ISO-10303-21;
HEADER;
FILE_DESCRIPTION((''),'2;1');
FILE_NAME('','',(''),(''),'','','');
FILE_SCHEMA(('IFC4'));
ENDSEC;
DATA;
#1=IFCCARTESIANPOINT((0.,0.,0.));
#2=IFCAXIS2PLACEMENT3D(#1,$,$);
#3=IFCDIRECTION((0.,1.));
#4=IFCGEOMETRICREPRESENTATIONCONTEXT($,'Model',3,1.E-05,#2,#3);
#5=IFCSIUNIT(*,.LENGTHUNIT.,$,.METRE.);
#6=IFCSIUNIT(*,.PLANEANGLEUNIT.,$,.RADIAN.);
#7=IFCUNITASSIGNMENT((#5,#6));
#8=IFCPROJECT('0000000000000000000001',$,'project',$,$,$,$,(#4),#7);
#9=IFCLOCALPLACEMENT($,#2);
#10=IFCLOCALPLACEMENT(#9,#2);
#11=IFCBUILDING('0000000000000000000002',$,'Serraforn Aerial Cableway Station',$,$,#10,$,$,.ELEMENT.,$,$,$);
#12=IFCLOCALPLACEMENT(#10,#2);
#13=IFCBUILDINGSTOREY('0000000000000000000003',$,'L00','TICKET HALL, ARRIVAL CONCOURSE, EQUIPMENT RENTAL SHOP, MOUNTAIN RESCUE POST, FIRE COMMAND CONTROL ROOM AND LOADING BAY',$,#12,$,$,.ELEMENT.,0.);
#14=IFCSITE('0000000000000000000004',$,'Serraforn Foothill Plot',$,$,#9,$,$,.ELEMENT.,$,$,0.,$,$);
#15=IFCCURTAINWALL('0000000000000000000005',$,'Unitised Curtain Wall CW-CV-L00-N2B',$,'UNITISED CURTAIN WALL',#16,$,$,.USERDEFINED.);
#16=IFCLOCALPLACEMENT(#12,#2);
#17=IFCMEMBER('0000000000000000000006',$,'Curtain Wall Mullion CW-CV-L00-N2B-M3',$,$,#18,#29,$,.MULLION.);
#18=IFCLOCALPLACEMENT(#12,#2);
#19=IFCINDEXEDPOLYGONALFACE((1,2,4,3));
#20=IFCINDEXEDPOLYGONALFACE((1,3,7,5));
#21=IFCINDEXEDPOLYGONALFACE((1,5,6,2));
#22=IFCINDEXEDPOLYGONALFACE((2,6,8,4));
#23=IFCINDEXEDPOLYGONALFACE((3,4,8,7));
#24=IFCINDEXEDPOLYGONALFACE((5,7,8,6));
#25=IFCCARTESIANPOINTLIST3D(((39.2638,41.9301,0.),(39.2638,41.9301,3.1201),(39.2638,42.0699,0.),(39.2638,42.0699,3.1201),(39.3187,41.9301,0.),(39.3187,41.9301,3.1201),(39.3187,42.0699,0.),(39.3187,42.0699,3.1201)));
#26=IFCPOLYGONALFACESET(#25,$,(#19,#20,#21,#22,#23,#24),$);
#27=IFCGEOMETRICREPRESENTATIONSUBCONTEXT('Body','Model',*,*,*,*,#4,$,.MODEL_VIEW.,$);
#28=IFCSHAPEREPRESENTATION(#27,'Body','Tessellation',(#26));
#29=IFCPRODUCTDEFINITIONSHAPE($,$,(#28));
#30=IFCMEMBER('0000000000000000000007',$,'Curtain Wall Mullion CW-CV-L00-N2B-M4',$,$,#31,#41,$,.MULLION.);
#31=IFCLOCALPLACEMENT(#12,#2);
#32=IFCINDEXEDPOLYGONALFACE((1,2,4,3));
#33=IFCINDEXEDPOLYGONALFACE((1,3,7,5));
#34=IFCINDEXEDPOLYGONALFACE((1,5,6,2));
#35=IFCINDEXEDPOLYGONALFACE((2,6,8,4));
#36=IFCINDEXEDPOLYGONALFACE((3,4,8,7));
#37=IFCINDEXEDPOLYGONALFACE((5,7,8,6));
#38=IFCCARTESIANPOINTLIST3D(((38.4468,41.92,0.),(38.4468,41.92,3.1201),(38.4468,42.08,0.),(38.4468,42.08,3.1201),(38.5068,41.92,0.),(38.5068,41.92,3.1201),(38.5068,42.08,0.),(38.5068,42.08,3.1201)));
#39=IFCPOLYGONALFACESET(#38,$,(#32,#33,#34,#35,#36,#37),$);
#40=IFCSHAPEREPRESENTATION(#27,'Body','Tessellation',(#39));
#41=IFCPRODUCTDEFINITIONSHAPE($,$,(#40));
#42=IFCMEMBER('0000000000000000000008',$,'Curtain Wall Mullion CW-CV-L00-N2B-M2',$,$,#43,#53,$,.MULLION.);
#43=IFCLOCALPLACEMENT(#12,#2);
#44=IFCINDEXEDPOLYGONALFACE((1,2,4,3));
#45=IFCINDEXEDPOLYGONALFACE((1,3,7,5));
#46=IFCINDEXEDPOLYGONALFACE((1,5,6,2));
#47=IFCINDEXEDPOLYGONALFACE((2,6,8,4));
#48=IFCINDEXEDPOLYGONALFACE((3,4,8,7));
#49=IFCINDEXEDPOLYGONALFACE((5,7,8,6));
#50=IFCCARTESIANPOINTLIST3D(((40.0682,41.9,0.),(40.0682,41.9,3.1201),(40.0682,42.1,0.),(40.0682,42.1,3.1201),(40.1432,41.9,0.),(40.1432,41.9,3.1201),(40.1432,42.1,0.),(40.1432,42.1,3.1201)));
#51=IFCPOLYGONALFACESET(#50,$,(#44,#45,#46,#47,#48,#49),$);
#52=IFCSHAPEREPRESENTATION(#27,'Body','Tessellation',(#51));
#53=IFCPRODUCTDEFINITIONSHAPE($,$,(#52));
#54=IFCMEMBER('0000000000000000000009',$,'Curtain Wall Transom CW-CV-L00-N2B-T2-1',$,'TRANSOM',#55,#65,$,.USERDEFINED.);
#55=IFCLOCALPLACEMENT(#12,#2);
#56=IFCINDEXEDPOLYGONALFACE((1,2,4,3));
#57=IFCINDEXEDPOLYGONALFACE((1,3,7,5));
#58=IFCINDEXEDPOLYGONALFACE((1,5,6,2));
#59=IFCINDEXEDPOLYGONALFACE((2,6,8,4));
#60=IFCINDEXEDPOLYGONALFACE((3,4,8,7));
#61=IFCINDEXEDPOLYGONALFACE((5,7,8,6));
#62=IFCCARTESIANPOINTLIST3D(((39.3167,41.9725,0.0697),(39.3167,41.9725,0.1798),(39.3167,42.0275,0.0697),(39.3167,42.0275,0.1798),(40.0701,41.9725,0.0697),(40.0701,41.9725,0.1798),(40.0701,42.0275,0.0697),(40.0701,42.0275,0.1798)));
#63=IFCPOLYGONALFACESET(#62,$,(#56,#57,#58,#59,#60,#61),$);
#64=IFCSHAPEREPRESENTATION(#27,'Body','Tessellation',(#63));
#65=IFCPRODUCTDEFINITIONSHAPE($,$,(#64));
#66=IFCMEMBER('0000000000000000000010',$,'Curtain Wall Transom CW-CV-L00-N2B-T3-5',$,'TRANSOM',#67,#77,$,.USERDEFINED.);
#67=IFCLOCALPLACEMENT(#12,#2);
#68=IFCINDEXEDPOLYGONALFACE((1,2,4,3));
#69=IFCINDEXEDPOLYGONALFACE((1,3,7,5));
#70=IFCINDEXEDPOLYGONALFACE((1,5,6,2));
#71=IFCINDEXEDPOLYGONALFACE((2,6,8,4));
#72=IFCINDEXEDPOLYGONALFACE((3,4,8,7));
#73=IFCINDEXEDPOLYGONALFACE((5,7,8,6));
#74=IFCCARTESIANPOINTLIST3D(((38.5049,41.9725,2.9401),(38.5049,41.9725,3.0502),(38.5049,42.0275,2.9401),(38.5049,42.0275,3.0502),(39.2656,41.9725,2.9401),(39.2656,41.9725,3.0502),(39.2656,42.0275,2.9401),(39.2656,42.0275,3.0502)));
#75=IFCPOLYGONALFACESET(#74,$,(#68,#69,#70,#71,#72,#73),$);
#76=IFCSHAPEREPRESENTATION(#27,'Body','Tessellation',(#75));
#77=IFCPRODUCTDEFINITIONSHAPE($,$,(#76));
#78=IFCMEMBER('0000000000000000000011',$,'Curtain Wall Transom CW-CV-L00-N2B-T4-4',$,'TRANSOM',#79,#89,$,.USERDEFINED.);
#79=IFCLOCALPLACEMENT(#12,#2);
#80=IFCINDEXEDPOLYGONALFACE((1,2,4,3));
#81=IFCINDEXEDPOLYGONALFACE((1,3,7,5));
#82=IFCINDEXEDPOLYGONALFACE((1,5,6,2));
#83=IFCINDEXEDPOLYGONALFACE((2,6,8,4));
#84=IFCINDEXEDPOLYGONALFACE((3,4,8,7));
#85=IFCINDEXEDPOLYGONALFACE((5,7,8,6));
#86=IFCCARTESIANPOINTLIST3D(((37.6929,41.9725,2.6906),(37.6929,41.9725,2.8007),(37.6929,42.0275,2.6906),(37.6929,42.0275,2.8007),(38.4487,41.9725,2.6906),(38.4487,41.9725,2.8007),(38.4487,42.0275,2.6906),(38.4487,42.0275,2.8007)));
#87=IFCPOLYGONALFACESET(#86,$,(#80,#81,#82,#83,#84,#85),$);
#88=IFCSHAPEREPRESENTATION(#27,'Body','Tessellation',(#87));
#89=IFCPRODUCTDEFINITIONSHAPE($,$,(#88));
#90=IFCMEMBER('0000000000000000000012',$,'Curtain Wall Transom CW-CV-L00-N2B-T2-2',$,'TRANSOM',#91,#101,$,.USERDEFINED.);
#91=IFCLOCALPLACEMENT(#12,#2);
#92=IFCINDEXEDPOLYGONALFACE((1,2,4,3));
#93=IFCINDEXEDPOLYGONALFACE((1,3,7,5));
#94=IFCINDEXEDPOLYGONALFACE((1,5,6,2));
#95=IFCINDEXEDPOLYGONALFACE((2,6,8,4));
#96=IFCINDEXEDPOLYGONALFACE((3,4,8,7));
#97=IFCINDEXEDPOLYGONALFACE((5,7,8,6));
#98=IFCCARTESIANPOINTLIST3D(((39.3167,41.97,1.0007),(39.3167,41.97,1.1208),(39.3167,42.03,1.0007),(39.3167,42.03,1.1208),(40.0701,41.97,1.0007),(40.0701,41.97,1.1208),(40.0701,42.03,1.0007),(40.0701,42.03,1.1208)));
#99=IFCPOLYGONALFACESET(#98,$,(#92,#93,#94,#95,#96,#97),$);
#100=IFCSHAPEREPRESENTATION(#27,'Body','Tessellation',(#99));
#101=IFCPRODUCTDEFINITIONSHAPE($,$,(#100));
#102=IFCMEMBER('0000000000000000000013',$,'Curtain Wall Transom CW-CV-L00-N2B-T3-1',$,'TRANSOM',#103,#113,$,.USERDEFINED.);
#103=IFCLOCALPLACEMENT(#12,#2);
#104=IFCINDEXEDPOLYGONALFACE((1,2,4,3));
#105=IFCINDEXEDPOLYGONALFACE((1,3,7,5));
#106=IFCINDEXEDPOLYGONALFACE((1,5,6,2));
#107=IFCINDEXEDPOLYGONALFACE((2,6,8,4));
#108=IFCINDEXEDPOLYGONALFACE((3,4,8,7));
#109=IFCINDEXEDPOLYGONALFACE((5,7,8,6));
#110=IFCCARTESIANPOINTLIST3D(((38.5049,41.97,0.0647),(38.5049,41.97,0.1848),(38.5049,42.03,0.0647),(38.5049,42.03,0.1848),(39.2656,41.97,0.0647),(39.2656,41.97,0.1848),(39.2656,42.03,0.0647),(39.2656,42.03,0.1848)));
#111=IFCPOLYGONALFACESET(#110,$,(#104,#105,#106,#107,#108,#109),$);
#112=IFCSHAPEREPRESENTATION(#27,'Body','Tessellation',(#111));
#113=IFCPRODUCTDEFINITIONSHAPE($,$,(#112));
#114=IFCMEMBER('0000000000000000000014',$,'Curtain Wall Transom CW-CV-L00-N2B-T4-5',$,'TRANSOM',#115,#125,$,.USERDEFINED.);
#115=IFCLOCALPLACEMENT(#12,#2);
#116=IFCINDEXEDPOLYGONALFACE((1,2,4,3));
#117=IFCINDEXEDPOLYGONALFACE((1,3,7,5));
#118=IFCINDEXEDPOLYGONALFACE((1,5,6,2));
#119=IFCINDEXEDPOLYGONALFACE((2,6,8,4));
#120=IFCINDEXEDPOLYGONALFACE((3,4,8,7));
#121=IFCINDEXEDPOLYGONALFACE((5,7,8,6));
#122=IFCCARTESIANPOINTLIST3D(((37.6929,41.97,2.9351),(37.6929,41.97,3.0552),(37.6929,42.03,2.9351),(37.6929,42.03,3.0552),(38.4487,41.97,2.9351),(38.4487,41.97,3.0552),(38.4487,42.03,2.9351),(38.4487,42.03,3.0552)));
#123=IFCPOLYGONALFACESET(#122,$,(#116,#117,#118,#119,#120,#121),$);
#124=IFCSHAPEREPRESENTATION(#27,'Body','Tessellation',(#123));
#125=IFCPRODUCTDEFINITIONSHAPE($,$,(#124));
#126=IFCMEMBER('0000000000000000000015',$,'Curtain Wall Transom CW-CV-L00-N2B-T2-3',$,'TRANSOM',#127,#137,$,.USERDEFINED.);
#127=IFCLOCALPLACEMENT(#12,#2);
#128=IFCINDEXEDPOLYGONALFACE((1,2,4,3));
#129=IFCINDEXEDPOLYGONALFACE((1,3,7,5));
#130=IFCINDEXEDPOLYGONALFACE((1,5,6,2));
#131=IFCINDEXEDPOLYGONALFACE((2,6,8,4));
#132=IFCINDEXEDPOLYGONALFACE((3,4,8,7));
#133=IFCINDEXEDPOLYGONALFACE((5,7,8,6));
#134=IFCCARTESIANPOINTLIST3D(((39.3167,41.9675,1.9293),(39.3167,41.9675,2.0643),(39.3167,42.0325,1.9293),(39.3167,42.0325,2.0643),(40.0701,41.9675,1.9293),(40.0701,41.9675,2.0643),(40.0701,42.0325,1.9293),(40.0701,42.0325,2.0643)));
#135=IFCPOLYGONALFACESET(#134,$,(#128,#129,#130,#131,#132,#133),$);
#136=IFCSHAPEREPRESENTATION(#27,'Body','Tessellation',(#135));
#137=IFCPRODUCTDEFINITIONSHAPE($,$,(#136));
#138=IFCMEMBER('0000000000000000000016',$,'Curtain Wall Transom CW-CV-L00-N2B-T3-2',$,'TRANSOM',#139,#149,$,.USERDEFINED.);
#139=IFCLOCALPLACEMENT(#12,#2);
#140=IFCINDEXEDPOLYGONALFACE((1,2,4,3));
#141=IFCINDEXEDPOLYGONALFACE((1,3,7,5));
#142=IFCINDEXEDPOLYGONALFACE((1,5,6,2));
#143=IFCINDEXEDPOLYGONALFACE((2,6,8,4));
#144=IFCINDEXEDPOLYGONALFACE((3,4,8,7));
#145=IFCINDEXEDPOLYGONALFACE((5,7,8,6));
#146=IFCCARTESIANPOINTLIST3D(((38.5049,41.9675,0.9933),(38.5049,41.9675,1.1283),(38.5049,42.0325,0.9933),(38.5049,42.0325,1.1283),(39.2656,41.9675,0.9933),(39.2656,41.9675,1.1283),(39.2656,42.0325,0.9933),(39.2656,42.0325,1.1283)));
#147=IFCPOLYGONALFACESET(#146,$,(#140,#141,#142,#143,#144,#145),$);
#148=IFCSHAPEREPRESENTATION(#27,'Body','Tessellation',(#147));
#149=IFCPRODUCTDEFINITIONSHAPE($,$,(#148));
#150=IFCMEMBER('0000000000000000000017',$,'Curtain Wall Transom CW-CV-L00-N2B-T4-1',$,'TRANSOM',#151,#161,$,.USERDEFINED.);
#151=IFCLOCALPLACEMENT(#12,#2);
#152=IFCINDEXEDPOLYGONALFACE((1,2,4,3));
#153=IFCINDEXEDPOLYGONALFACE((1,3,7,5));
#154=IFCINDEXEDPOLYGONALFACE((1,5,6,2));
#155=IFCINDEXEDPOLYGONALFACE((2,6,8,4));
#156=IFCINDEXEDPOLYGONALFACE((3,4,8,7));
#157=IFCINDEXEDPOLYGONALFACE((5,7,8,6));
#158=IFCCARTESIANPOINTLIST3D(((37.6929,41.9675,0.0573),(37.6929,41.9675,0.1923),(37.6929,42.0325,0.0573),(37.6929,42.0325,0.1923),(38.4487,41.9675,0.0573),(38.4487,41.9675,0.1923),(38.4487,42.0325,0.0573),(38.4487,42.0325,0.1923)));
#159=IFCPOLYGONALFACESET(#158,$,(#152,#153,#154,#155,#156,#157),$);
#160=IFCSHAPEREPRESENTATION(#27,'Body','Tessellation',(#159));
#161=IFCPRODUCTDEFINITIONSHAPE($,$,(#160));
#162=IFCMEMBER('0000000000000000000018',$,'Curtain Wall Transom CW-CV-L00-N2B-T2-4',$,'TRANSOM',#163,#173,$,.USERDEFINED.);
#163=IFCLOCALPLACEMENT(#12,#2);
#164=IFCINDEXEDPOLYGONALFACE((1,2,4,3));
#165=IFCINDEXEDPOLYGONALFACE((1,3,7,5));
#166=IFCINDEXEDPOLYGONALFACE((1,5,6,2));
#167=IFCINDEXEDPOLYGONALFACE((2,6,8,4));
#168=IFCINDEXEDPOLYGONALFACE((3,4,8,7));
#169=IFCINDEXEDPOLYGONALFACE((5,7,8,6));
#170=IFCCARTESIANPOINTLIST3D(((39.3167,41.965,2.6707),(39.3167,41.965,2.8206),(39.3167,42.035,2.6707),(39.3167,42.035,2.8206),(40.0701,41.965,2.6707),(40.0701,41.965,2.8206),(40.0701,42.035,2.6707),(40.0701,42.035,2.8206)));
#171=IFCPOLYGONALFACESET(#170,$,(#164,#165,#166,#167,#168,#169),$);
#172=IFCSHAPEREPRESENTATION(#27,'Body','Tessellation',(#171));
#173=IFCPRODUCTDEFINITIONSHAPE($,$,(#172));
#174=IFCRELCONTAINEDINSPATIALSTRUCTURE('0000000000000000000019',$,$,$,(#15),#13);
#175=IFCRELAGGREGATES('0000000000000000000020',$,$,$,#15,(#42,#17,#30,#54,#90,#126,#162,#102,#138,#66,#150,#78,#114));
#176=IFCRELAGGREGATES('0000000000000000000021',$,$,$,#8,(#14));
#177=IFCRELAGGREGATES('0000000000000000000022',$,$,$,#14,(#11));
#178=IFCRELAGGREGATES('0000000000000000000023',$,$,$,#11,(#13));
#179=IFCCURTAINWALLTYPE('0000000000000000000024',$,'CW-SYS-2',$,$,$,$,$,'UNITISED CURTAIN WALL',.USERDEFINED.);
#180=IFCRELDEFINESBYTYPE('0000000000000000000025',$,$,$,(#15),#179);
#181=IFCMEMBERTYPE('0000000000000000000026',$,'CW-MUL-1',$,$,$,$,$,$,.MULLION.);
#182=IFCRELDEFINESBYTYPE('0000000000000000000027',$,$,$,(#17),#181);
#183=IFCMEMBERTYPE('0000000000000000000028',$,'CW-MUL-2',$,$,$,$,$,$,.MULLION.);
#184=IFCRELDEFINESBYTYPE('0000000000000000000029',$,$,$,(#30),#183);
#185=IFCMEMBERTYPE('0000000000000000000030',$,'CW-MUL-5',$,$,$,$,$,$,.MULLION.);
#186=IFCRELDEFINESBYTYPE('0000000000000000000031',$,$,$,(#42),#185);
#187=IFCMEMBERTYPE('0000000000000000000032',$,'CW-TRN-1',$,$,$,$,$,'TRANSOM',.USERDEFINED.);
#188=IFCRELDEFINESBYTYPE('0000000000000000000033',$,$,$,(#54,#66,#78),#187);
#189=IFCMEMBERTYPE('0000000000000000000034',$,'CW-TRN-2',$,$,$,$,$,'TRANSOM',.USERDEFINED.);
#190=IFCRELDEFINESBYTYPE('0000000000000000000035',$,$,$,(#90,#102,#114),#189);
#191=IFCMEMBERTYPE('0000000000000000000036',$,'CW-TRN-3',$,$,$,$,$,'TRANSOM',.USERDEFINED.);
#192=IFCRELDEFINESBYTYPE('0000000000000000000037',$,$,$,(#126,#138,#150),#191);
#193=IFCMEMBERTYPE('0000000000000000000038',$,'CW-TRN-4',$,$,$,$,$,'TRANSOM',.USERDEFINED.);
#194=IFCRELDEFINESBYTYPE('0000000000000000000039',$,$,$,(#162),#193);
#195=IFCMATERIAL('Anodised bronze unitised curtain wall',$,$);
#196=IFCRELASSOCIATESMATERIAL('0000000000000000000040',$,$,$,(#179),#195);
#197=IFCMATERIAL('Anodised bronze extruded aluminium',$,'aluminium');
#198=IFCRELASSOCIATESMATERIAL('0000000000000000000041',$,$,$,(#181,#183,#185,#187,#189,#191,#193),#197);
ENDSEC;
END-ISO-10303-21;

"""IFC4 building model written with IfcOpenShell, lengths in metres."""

from ifc_helpers import new_model, si_unit, direction, frame, origin, origin_2d, place, context, subcontext, project, spatial, rectangle, extrude, material, material_profile, profile_set, type_object, element, aggregate, save


model = new_model("IFC4")

# Units and contexts
model_context = context("Model", 3, precision=1e-05, world=origin(), true_north=direction((0.0, 1.0)))
body_context = subcontext(model_context, "Body", "Model", "MODEL_VIEW")
ifc_project = project(units=[si_unit("LENGTHUNIT", "METRE"), si_unit("PLANEANGLEUNIT", "RADIAN")], contexts=[model_context])

# Site, building, storey
site_placement = place(None, origin())
site = spatial("IfcSite", under=ifc_project, at=site_placement, Name="Serraforn Foothill Plot", CompositionType="ELEMENT", RefElevation=0.0)
building_placement = place(site_placement, origin())
building = spatial("IfcBuilding", under=site, at=building_placement, Name="Serraforn Aerial Cableway Station", CompositionType="ELEMENT")
storey_placement = place(building_placement, origin())
storey = spatial("IfcBuildingStorey", under=building, at=storey_placement, Name="L00", Description="TICKET HALL, ARRIVAL CONCOURSE, EQUIPMENT RENTAL SHOP, MOUNTAIN RESCUE POST, FIRE COMMAND CONTROL ROOM AND LOADING BAY", CompositionType="ELEMENT", Elevation=0.0)

# Curtain wall, members
ifc_material_1 = material(Name="Anodised bronze unitised curtain wall")
curtain_wall_type = type_object("IfcCurtainWallType", Name="CW-SYS-2", ElementType="UNITISED CURTAIN WALL", PredefinedType="USERDEFINED", material=ifc_material_1)
curtain_wall_placement = place(storey_placement, origin())
curtain_wall = element("IfcCurtainWall", 1, at=curtain_wall_placement, inside=storey, type_object=curtain_wall_type, Name="Unitised Curtain Wall CW-CV-L00-N2B", ObjectType="UNITISED CURTAIN WALL", PredefinedType="USERDEFINED")
ifc_material_2 = material(Name="Anodised bronze extruded aluminium", Category="aluminium")
ifc_material_profile_1 = material_profile(ifc_material_2, rectangle(XDim=0.0549, YDim=0.1399, at=origin_2d()), Name="CW MULLION 55x140")
ifc_profile_set_1 = profile_set([ifc_material_profile_1], Name="Anodised bronze extruded aluminium")
member_type_1 = type_object("IfcMemberType", Name="CW-MUL-1", PredefinedType="MULLION", material=ifc_profile_set_1)
member_1_placement = place(storey_placement, frame((39.2913, 42.0, 0.0), z_axis=(0.0, 0.0, 1.0), x_axis=(-1.0, 0.0, 0.0)))
member_1 = element("IfcMember", 2, at=member_1_placement, type_object=member_type_1, Name="Curtain Wall Mullion CW-CV-L00-N2B-M3", PredefinedType="MULLION", context=body_context, shape_type="SweptSolid", body=[
    extrude(rectangle(XDim=0.0549, YDim=0.1399, at=origin_2d()), origin(), (0.0, 0.0, 1.0), 3.1201),
])
ifc_material_profile_2 = material_profile(ifc_material_2, rectangle(XDim=0.0601, YDim=0.1599, at=origin_2d()), Name="CW MULLION 60x160")
ifc_profile_set_2 = profile_set([ifc_material_profile_2], Name="Anodised bronze extruded aluminium")
member_type_2 = type_object("IfcMemberType", Name="CW-MUL-2", PredefinedType="MULLION", material=ifc_profile_set_2)
member_2_placement = place(storey_placement, frame((38.4768, 42.0, 0.0), z_axis=(0.0, 0.0, 1.0), x_axis=(-1.0, 0.0, 0.0)))
member_2 = element("IfcMember", 3, at=member_2_placement, type_object=member_type_2, Name="Curtain Wall Mullion CW-CV-L00-N2B-M4", PredefinedType="MULLION", context=body_context, shape_type="SweptSolid", body=[
    extrude(rectangle(XDim=0.0601, YDim=0.1599, at=origin_2d()), origin(), (0.0, 0.0, 1.0), 3.1201),
])
ifc_material_profile_3 = material_profile(ifc_material_2, rectangle(XDim=0.075, YDim=0.2, at=origin_2d()), Name="CW MULLION 75x200")
ifc_profile_set_3 = profile_set([ifc_material_profile_3], Name="Anodised bronze extruded aluminium")
member_type_3 = type_object("IfcMemberType", Name="CW-MUL-5", PredefinedType="MULLION", material=ifc_profile_set_3)
member_3_placement = place(storey_placement, frame((40.1057, 42.0, 0.0), z_axis=(0.0, 0.0, 1.0), x_axis=(-1.0, 0.0, 0.0)))
member_3 = element("IfcMember", 4, at=member_3_placement, type_object=member_type_3, Name="Curtain Wall Mullion CW-CV-L00-N2B-M2", PredefinedType="MULLION", context=body_context, shape_type="SweptSolid", body=[
    extrude(rectangle(XDim=0.075, YDim=0.2, at=origin_2d()), origin(), (0.0, 0.0, 1.0), 3.1201),
])
ifc_material_profile_4 = material_profile(ifc_material_2, rectangle(XDim=0.0549, YDim=0.1101, at=origin_2d()), Name="CW TRANSOM 55x110")
ifc_profile_set_4 = profile_set([ifc_material_profile_4], Name="Anodised bronze extruded aluminium")
member_type_4 = type_object("IfcMemberType", Name="CW-TRN-1", ElementType="TRANSOM", PredefinedType="USERDEFINED", material=ifc_profile_set_4)
member_4_placement = place(storey_placement, frame((40.0701, 42.0, 0.1248), z_axis=(-1.0, 0.0, 0.0), x_axis=(0.0, -1.0, 0.0)))
member_4 = element("IfcMember", 5, at=member_4_placement, type_object=member_type_4, Name="Curtain Wall Transom CW-CV-L00-N2B-T2-1", ObjectType="TRANSOM", PredefinedType="USERDEFINED", context=body_context, shape_type="SweptSolid", body=[
    extrude(rectangle(XDim=0.0549, YDim=0.1101, at=origin_2d()), origin(), (0.0, 0.0, 1.0), 0.7534),
])
member_5_placement = place(storey_placement, frame((39.2656, 42.0, 2.9951), z_axis=(-1.0, 0.0, 0.0), x_axis=(0.0, -1.0, 0.0)))
member_5 = element("IfcMember", 6, at=member_5_placement, type_object=member_type_4, Name="Curtain Wall Transom CW-CV-L00-N2B-T3-5", ObjectType="TRANSOM", PredefinedType="USERDEFINED", context=body_context, shape_type="SweptSolid", body=[
    extrude(rectangle(XDim=0.0549, YDim=0.1101, at=origin_2d()), origin(), (0.0, 0.0, 1.0), 0.7607),
])
member_6_placement = place(storey_placement, frame((38.4487, 42.0, 2.7456), z_axis=(-1.0, 0.0, 0.0), x_axis=(0.0, -1.0, 0.0)))
member_6 = element("IfcMember", 7, at=member_6_placement, type_object=member_type_4, Name="Curtain Wall Transom CW-CV-L00-N2B-T4-4", ObjectType="TRANSOM", PredefinedType="USERDEFINED", context=body_context, shape_type="SweptSolid", body=[
    extrude(rectangle(XDim=0.0549, YDim=0.1101, at=origin_2d()), origin(), (0.0, 0.0, 1.0), 0.7559),
])
ifc_material_profile_5 = material_profile(ifc_material_2, rectangle(XDim=0.0601, YDim=0.1201, at=origin_2d()), Name="CW TRANSOM 60x120")
ifc_profile_set_5 = profile_set([ifc_material_profile_5], Name="Anodised bronze extruded aluminium")
member_type_5 = type_object("IfcMemberType", Name="CW-TRN-2", ElementType="TRANSOM", PredefinedType="USERDEFINED", material=ifc_profile_set_5)
member_7_placement = place(storey_placement, frame((40.0701, 42.0, 1.0608), z_axis=(-1.0, 0.0, 0.0), x_axis=(0.0, -1.0, 0.0)))
member_7 = element("IfcMember", 8, at=member_7_placement, type_object=member_type_5, Name="Curtain Wall Transom CW-CV-L00-N2B-T2-2", ObjectType="TRANSOM", PredefinedType="USERDEFINED", context=body_context, shape_type="SweptSolid", body=[
    extrude(rectangle(XDim=0.0601, YDim=0.1201, at=origin_2d()), origin(), (0.0, 0.0, 1.0), 0.7534),
])
member_8_placement = place(storey_placement, frame((39.2656, 42.0, 0.1248), z_axis=(-1.0, 0.0, 0.0), x_axis=(0.0, -1.0, 0.0)))
member_8 = element("IfcMember", 9, at=member_8_placement, type_object=member_type_5, Name="Curtain Wall Transom CW-CV-L00-N2B-T3-1", ObjectType="TRANSOM", PredefinedType="USERDEFINED", context=body_context, shape_type="SweptSolid", body=[
    extrude(rectangle(XDim=0.0601, YDim=0.1201, at=origin_2d()), origin(), (0.0, 0.0, 1.0), 0.7607),
])
member_9_placement = place(storey_placement, frame((38.4487, 42.0, 2.9951), z_axis=(-1.0, 0.0, 0.0), x_axis=(0.0, -1.0, 0.0)))
member_9 = element("IfcMember", 10, at=member_9_placement, type_object=member_type_5, Name="Curtain Wall Transom CW-CV-L00-N2B-T4-5", ObjectType="TRANSOM", PredefinedType="USERDEFINED", context=body_context, shape_type="SweptSolid", body=[
    extrude(rectangle(XDim=0.0601, YDim=0.1201, at=origin_2d()), origin(), (0.0, 0.0, 1.0), 0.7559),
])
ifc_material_profile_6 = material_profile(ifc_material_2, rectangle(XDim=0.0649, YDim=0.135, at=origin_2d()), Name="CW TRANSOM 65x135")
ifc_profile_set_6 = profile_set([ifc_material_profile_6], Name="Anodised bronze extruded aluminium")
member_type_6 = type_object("IfcMemberType", Name="CW-TRN-3", ElementType="TRANSOM", PredefinedType="USERDEFINED", material=ifc_profile_set_6)
member_10_placement = place(storey_placement, frame((40.0701, 42.0, 1.9968), z_axis=(-1.0, 0.0, 0.0), x_axis=(0.0, -1.0, 0.0)))
member_10 = element("IfcMember", 11, at=member_10_placement, type_object=member_type_6, Name="Curtain Wall Transom CW-CV-L00-N2B-T2-3", ObjectType="TRANSOM", PredefinedType="USERDEFINED", context=body_context, shape_type="SweptSolid", body=[
    extrude(rectangle(XDim=0.0649, YDim=0.135, at=origin_2d()), origin(), (0.0, 0.0, 1.0), 0.7534),
])
member_11_placement = place(storey_placement, frame((39.2656, 42.0, 1.0608), z_axis=(-1.0, 0.0, 0.0), x_axis=(0.0, -1.0, 0.0)))
member_11 = element("IfcMember", 12, at=member_11_placement, type_object=member_type_6, Name="Curtain Wall Transom CW-CV-L00-N2B-T3-2", ObjectType="TRANSOM", PredefinedType="USERDEFINED", context=body_context, shape_type="SweptSolid", body=[
    extrude(rectangle(XDim=0.0649, YDim=0.135, at=origin_2d()), origin(), (0.0, 0.0, 1.0), 0.7607),
])
member_12_placement = place(storey_placement, frame((38.4487, 42.0, 0.1248), z_axis=(-1.0, 0.0, 0.0), x_axis=(0.0, -1.0, 0.0)))
member_12 = element("IfcMember", 13, at=member_12_placement, type_object=member_type_6, Name="Curtain Wall Transom CW-CV-L00-N2B-T4-1", ObjectType="TRANSOM", PredefinedType="USERDEFINED", context=body_context, shape_type="SweptSolid", body=[
    extrude(rectangle(XDim=0.0649, YDim=0.135, at=origin_2d()), origin(), (0.0, 0.0, 1.0), 0.7559),
])
ifc_material_profile_7 = material_profile(ifc_material_2, rectangle(XDim=0.0701, YDim=0.1499, at=origin_2d()), Name="CW TRANSOM 70x150")
ifc_profile_set_7 = profile_set([ifc_material_profile_7], Name="Anodised bronze extruded aluminium")
member_type_7 = type_object("IfcMemberType", Name="CW-TRN-4", ElementType="TRANSOM", PredefinedType="USERDEFINED", material=ifc_profile_set_7)
member_13_placement = place(storey_placement, frame((40.0701, 42.0, 2.7456), z_axis=(-1.0, 0.0, 0.0), x_axis=(0.0, -1.0, 0.0)))
member_13 = element("IfcMember", 14, at=member_13_placement, type_object=member_type_7, Name="Curtain Wall Transom CW-CV-L00-N2B-T2-4", ObjectType="TRANSOM", PredefinedType="USERDEFINED", context=body_context, shape_type="SweptSolid", body=[
    extrude(rectangle(XDim=0.0701, YDim=0.1499, at=origin_2d()), origin(), (0.0, 0.0, 1.0), 0.7534),
])
aggregate(curtain_wall, [member_3, member_1, member_2, member_4, member_7, member_10, member_13, member_8, member_11, member_5, member_12, member_6, member_9])

save(model, "model.ifc")
